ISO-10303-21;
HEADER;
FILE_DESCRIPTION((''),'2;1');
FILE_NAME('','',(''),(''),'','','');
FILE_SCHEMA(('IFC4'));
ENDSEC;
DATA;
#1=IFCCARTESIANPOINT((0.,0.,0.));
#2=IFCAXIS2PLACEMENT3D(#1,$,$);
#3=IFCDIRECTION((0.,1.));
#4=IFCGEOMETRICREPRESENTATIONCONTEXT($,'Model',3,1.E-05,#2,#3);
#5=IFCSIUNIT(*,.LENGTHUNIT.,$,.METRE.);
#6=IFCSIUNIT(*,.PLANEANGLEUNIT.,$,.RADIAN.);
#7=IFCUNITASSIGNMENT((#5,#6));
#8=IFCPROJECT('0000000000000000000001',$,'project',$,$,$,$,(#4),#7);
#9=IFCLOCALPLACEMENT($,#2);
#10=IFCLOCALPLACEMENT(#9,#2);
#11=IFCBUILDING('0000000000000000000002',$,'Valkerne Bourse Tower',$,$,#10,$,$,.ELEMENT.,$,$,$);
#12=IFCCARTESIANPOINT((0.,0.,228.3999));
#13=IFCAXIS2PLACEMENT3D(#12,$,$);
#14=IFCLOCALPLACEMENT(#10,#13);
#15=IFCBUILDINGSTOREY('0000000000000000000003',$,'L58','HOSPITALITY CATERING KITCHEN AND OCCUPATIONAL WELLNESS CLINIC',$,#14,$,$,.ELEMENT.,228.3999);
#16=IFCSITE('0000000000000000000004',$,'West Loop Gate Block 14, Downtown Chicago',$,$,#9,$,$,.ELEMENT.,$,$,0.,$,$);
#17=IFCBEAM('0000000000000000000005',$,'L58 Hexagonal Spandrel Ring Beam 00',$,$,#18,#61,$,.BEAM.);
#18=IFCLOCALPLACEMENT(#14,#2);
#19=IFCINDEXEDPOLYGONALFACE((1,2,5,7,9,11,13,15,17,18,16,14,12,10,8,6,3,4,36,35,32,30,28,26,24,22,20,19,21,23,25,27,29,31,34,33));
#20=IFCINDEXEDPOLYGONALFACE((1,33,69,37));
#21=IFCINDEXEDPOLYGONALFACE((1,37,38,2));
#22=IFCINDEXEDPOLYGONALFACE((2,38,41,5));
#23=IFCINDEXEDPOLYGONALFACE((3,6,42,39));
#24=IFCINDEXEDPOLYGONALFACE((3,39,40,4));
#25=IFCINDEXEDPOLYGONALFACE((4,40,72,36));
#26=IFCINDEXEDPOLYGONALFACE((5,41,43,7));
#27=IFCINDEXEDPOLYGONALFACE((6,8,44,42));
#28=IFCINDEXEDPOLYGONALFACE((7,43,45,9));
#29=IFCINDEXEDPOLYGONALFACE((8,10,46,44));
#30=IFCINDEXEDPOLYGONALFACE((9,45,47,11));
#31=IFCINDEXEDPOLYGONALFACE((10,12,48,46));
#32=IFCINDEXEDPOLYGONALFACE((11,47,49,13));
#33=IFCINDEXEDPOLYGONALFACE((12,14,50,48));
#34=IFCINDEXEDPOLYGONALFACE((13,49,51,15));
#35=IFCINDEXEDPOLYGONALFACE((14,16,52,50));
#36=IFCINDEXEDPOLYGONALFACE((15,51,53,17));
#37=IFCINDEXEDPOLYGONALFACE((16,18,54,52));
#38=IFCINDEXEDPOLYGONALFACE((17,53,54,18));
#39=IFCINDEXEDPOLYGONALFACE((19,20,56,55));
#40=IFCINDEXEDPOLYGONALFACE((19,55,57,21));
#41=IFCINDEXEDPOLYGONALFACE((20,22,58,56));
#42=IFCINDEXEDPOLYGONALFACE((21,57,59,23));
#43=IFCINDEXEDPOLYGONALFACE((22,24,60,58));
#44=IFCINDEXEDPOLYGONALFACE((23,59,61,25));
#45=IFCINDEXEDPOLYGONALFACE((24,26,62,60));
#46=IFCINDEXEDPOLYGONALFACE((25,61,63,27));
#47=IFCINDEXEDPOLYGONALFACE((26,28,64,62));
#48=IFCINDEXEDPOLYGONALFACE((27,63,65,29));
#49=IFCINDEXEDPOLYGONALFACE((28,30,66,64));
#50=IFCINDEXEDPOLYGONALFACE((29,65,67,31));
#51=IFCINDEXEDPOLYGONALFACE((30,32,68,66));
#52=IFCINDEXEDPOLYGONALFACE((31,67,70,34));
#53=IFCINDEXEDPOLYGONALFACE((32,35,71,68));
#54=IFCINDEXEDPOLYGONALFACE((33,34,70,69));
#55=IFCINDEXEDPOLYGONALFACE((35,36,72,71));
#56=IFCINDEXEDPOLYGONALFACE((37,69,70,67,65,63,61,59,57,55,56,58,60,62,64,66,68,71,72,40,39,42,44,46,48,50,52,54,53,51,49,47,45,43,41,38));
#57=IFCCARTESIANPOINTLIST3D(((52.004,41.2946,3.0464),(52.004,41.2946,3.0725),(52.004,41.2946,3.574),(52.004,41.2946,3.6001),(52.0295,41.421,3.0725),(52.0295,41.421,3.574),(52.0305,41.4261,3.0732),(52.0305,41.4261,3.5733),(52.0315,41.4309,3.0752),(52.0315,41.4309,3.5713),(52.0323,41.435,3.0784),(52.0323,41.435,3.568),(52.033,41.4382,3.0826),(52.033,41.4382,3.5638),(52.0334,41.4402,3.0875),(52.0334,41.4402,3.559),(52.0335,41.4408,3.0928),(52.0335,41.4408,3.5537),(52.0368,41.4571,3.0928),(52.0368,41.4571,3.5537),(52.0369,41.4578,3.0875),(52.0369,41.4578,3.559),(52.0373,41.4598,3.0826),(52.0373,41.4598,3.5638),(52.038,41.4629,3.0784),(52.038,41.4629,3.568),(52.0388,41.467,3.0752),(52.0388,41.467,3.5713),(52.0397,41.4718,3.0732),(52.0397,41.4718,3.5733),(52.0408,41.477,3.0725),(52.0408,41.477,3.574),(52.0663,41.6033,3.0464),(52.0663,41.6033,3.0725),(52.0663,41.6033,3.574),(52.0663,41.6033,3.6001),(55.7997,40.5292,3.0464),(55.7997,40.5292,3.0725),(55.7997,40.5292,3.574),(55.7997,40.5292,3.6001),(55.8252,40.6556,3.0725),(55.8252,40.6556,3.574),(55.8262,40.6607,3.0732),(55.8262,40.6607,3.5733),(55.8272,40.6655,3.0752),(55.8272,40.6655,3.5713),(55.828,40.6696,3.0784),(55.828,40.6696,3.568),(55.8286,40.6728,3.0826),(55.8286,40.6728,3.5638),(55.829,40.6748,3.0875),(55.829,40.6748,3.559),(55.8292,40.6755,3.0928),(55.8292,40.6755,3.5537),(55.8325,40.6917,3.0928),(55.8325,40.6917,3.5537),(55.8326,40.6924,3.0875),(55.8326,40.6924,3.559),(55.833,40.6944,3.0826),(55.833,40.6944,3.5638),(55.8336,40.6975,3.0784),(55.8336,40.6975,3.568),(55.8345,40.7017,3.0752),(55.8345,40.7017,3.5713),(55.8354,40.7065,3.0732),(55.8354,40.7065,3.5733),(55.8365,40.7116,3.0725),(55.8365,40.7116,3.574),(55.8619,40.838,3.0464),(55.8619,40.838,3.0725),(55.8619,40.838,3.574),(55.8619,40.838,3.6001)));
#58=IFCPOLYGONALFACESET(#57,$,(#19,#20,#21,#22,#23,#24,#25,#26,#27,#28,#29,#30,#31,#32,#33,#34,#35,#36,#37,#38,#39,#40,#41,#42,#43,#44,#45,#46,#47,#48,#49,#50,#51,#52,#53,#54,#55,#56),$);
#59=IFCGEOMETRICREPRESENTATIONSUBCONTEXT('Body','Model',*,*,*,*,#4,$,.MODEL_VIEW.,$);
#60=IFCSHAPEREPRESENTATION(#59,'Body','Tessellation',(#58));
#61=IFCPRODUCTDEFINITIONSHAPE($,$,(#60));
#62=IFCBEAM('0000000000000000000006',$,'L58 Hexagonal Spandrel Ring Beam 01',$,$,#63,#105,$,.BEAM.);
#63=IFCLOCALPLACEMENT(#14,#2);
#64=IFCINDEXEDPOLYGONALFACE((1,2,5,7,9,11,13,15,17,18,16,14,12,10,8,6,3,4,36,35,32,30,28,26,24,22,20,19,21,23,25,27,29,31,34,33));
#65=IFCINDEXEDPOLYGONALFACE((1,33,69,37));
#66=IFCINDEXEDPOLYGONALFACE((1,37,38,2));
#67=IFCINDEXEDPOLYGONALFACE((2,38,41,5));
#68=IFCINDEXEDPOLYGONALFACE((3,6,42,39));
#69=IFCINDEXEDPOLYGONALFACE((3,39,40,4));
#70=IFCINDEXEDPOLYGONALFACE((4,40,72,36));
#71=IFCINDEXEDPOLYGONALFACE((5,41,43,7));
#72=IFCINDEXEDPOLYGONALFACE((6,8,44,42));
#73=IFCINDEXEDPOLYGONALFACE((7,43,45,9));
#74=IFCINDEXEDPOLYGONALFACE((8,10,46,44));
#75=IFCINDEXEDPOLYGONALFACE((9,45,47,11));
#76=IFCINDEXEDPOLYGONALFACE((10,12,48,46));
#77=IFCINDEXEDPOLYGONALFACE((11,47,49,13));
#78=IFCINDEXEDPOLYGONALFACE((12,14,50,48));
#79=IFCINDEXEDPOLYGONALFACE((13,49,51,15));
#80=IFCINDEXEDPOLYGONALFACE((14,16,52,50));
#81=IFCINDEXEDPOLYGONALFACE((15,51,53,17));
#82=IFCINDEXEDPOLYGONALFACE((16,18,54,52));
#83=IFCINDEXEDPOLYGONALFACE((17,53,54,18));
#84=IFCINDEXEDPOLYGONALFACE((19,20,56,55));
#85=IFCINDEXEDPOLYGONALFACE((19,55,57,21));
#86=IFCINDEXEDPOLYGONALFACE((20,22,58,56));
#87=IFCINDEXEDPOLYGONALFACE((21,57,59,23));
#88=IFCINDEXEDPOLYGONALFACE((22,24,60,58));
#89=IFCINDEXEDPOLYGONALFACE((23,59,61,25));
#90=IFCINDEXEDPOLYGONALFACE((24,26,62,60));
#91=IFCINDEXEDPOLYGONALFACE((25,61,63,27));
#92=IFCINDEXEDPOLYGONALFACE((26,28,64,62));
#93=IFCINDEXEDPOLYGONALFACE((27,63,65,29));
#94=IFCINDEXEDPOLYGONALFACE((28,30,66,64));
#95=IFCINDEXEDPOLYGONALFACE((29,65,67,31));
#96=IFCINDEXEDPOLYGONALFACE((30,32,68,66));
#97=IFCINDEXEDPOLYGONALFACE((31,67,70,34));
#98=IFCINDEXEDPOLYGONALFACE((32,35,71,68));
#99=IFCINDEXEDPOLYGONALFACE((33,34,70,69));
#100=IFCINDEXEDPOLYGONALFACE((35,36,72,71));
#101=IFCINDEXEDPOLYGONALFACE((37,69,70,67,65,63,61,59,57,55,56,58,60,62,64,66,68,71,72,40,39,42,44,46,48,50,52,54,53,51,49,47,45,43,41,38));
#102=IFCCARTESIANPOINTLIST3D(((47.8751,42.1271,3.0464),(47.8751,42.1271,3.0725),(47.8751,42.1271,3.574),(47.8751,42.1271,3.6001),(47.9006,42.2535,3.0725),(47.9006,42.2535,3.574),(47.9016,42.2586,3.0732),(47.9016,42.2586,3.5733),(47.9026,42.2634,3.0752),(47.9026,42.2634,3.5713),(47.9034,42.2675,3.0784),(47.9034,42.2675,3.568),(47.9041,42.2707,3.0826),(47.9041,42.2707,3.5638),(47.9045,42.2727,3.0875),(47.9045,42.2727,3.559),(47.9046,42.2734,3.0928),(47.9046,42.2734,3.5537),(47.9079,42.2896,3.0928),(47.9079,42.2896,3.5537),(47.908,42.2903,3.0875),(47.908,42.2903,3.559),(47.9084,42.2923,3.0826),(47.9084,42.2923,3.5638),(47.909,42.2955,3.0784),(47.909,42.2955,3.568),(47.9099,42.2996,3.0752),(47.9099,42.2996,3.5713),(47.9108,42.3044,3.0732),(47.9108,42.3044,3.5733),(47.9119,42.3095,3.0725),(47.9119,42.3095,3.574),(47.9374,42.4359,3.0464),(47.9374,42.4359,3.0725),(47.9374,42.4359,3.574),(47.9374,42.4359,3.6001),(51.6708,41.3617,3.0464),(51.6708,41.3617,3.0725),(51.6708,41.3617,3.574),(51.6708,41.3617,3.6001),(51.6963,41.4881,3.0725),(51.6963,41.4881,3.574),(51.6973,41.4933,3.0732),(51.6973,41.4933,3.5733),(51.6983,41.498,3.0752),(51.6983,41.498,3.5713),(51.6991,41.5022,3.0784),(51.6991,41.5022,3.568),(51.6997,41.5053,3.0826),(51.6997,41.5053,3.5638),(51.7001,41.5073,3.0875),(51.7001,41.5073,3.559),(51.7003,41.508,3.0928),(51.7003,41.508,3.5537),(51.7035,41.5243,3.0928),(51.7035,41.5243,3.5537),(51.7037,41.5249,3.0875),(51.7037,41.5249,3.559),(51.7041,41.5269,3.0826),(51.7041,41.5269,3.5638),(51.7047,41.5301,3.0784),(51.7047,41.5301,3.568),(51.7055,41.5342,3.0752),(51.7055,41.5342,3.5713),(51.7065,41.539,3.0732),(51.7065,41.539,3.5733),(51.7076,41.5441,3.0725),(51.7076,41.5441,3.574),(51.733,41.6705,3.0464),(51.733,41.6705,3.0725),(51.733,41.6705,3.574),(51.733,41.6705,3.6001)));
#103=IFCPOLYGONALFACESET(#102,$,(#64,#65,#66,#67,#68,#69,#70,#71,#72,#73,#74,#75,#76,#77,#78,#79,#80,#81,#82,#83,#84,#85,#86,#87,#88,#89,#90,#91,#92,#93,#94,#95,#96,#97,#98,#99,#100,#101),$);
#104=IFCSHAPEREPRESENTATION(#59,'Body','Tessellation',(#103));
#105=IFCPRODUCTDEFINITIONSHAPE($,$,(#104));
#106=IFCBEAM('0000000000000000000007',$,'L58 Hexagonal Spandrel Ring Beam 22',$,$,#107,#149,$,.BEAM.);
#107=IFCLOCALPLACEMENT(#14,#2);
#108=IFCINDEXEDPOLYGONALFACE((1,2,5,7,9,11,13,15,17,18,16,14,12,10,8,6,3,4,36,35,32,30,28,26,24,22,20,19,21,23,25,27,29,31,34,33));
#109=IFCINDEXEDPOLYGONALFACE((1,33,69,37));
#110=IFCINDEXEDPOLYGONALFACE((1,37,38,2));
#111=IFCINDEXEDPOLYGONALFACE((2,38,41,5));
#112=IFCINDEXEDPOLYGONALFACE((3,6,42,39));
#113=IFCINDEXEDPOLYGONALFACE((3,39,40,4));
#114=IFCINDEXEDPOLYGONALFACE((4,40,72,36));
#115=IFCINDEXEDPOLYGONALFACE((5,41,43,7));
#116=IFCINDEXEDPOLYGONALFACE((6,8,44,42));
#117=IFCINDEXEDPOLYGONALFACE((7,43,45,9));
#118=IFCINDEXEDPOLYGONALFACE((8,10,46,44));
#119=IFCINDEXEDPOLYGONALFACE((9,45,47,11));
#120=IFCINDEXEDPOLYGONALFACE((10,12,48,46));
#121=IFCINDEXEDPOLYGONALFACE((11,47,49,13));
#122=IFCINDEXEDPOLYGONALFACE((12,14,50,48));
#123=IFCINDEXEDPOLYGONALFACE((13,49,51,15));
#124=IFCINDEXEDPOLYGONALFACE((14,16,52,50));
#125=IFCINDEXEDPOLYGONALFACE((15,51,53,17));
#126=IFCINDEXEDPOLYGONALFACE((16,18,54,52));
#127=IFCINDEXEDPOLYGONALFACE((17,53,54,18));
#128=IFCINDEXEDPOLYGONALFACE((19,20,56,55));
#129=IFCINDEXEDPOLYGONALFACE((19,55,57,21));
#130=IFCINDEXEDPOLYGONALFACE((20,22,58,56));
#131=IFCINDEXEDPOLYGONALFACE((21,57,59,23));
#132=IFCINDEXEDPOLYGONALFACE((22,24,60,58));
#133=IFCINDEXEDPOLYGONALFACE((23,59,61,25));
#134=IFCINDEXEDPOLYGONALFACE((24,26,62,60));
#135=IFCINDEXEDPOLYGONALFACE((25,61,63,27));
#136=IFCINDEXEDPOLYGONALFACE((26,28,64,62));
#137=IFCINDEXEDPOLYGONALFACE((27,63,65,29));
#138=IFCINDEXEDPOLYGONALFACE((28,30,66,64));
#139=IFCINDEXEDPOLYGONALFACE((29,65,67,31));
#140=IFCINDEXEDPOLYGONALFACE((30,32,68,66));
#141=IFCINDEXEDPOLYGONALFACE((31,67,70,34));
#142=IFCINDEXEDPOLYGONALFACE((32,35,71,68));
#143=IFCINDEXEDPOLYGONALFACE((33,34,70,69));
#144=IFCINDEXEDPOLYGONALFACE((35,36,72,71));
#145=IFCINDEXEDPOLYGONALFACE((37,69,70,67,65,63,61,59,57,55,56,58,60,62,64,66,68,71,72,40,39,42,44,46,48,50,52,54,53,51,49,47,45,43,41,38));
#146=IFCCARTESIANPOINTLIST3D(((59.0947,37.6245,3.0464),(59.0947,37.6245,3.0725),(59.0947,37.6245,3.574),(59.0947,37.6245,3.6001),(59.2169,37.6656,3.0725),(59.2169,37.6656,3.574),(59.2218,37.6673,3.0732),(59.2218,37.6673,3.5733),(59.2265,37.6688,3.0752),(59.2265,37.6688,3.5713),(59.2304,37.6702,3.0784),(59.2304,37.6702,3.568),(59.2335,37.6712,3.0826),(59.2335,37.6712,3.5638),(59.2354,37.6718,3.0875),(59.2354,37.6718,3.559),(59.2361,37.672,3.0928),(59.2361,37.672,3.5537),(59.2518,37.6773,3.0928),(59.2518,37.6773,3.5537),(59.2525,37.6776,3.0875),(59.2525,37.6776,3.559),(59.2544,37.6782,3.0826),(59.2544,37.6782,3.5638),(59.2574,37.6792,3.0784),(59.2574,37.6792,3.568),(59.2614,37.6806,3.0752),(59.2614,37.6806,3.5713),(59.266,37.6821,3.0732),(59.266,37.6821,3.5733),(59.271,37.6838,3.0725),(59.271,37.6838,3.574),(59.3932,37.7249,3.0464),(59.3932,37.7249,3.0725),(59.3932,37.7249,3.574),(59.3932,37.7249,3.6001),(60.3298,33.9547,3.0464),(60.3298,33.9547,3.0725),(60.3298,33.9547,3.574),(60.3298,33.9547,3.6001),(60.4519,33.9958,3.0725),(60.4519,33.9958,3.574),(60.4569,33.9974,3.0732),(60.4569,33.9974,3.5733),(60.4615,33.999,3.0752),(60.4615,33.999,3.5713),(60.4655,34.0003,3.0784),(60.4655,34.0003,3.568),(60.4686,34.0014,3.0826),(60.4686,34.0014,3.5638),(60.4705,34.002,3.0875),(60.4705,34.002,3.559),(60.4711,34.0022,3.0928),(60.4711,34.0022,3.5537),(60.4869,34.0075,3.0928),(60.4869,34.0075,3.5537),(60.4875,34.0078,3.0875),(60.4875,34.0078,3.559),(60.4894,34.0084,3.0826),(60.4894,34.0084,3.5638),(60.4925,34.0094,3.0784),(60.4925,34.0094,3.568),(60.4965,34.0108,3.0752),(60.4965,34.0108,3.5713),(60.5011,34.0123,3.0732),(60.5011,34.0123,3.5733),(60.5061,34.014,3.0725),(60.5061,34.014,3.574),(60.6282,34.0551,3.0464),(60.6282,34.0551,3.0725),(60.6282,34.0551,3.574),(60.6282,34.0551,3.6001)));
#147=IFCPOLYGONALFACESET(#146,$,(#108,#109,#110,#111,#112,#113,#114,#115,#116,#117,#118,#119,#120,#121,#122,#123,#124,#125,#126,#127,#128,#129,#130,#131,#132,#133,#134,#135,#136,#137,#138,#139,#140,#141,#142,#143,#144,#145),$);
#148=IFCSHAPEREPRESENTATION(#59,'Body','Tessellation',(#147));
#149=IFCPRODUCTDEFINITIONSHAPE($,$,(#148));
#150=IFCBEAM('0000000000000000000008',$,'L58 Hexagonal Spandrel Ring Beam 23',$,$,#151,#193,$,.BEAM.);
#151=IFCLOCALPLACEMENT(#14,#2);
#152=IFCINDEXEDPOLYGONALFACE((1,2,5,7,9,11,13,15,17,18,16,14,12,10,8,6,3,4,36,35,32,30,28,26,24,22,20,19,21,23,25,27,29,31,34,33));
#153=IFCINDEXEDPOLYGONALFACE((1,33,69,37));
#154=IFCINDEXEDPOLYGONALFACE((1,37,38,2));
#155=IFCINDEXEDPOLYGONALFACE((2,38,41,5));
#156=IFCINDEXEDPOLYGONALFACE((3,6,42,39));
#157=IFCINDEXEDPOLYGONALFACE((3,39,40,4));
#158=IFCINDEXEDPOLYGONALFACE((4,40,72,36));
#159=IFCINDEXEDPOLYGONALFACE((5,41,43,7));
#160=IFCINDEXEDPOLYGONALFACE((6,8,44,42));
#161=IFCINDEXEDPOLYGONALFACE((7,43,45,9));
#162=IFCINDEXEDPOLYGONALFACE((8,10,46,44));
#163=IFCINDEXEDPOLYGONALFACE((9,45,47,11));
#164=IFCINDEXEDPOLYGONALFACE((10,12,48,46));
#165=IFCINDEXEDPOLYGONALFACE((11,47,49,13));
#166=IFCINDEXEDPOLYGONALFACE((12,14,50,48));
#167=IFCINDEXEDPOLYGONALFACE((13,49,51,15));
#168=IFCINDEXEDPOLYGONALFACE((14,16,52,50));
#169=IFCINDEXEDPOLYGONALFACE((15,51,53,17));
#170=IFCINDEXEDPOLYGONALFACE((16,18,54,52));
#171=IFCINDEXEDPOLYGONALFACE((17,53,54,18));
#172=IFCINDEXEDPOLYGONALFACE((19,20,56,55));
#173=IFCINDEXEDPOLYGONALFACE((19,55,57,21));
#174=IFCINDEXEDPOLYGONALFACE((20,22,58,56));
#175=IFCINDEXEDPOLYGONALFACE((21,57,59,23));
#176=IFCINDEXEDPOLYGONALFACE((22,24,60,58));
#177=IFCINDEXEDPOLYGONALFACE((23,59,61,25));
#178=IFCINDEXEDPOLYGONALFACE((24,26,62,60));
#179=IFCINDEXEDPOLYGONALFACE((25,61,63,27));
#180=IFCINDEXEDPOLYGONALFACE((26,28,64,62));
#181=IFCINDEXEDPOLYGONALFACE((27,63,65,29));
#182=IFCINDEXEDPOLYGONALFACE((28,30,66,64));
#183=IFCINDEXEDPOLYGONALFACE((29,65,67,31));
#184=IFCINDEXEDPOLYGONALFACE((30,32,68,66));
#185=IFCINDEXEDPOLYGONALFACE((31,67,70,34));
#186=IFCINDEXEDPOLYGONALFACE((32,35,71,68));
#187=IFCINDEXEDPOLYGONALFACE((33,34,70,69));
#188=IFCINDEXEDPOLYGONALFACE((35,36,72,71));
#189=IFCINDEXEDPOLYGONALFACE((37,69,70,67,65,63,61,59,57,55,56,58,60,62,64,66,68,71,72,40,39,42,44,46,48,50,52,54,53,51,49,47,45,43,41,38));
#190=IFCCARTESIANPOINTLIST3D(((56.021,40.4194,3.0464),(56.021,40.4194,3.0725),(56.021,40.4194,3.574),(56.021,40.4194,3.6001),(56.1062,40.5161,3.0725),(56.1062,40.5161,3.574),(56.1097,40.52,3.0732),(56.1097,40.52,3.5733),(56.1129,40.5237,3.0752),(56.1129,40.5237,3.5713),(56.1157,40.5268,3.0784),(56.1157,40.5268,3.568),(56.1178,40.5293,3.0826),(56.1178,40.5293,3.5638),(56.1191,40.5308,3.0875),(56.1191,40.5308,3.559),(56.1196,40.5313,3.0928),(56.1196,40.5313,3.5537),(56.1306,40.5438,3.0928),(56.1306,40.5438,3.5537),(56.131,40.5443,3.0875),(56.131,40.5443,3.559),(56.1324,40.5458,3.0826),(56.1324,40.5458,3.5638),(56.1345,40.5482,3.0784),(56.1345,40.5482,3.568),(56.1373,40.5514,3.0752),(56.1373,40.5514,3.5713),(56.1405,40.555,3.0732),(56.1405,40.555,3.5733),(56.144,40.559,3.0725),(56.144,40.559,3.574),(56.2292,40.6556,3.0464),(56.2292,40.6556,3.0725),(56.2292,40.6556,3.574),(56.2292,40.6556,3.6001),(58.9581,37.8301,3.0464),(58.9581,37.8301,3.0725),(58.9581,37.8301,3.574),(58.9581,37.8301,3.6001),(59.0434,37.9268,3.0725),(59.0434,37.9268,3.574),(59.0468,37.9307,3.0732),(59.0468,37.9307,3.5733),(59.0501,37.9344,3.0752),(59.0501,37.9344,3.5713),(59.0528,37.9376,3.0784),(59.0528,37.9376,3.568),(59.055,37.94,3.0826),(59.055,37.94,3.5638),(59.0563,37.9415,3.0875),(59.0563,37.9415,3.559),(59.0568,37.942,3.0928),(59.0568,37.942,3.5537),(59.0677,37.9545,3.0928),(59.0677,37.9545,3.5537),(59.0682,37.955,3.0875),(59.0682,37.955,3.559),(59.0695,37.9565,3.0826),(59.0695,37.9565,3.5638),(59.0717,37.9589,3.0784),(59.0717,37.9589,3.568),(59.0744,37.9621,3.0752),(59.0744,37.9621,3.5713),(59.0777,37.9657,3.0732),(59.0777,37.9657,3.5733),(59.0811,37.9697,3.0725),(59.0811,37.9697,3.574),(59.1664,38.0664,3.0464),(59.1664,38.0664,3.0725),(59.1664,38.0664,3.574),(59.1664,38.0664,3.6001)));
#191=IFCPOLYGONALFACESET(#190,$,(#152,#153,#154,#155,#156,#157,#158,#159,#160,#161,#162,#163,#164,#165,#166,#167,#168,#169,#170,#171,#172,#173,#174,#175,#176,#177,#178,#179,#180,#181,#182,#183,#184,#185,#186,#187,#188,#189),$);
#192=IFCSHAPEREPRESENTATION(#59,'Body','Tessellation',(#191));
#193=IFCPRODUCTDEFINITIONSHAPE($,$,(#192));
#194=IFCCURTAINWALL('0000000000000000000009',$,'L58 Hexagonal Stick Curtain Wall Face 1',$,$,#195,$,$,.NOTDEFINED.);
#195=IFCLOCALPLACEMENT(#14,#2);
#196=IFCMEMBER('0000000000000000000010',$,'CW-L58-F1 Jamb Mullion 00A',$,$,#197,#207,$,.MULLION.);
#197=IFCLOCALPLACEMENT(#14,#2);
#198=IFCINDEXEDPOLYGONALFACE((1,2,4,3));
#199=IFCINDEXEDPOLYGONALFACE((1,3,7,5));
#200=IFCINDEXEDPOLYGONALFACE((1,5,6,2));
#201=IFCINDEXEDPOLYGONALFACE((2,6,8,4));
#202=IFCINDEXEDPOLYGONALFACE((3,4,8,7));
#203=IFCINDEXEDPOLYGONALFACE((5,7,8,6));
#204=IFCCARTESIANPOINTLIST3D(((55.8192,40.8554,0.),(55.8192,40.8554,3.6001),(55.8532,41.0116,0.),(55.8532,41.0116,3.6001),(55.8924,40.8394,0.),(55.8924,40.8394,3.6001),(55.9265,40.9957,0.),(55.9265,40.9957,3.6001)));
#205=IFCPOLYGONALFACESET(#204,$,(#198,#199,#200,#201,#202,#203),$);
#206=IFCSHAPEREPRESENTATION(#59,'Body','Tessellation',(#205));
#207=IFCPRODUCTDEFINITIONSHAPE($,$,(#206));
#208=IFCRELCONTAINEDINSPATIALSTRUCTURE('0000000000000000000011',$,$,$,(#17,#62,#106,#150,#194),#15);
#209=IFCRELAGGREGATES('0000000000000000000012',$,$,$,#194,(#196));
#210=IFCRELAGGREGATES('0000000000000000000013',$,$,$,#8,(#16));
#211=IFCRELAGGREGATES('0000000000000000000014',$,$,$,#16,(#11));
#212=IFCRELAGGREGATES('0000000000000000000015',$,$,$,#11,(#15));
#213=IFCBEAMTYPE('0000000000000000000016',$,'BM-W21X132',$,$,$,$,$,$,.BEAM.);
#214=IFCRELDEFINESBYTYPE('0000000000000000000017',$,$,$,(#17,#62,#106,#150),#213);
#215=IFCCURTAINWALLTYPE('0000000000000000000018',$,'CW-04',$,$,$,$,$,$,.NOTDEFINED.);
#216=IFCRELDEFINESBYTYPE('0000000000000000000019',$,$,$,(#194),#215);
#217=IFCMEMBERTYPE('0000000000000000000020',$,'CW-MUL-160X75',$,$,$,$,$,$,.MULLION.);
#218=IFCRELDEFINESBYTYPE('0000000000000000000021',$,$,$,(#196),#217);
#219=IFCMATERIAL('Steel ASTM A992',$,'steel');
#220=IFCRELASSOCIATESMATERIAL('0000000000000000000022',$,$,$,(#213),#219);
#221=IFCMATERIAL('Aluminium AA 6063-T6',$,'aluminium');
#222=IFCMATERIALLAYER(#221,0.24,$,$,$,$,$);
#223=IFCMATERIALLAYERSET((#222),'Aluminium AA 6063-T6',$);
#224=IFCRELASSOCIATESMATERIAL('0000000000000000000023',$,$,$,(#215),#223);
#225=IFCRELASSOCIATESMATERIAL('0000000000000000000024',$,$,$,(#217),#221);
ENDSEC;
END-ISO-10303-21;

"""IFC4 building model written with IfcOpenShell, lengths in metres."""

from ifc_helpers import new_model, si_unit, direction, frame, origin, origin_2d, place, context, subcontext, project, spatial, rectangle, i_section, extrude, material, layer, layer_set, material_profile, profile_set, type_object, element, aggregate, save


model = new_model("IFC4")

# Units and contexts
model_context = context("Model", 3, precision=1e-05, world=origin(), true_north=direction((0.0, 1.0)))
body_context = subcontext(model_context, "Body", "Model", "MODEL_VIEW")
ifc_project = project(units=[si_unit("LENGTHUNIT", "METRE"), si_unit("PLANEANGLEUNIT", "RADIAN")], contexts=[model_context])

# Site, building, storey
site_placement = place(None, origin())
site = spatial("IfcSite", under=ifc_project, at=site_placement, Name="West Loop Gate Block 14, Downtown Chicago", CompositionType="ELEMENT", RefElevation=0.0)
building_placement = place(site_placement, origin())
building = spatial("IfcBuilding", under=site, at=building_placement, Name="Valkerne Bourse Tower", CompositionType="ELEMENT")
storey_placement = place(building_placement, frame((0.0, 0.0, 228.3999)))
storey = spatial("IfcBuildingStorey", under=building, at=storey_placement, Name="L58", Description="HOSPITALITY CATERING KITCHEN AND OCCUPATIONAL WELLNESS CLINIC", CompositionType="ELEMENT", Elevation=228.3999)

# Beams
ifc_material_1 = material(Name="Steel ASTM A992", Category="steel")
ifc_material_profile_1 = material_profile(ifc_material_1, i_section(OverallWidth=0.3149, OverallDepth=0.5537, WebThickness=0.0166, FlangeThickness=0.0261, FilletRadius=0.0203, at=origin_2d()), Name="W21X132")
ifc_profile_set_1 = profile_set([ifc_material_profile_1], Name="Steel ASTM A992")
beam_type = type_object("IfcBeamType", Name="BM-W21X132", PredefinedType="BEAM", material=ifc_profile_set_1)
for number, where, z_axis, x_axis, name in (
    (1, (55.8308, 40.6836, 3.3232), (-0.980269, 0.197668, 0.0), (-0.197668, -0.980269, 0.0), "L58 Hexagonal Spandrel Ring Beam 00"),
    (2, (51.7019, 41.5161, 3.3232), (-0.980269, 0.197668, 0.0), (-0.197668, -0.980269, 0.0), "L58 Hexagonal Spandrel Ring Beam 01"),
    (3, (60.479, 34.0049, 3.3232), (-0.318969, 0.947765, 0.0), (-0.947765, -0.318969, 0.0), "L58 Hexagonal Spandrel Ring Beam 22"),
):
    element("IfcBeam", number, at=place(storey_placement, frame(where, z_axis=z_axis, x_axis=x_axis)), inside=storey, type_object=beam_type, Name=name, PredefinedType="BEAM", context=body_context, shape_type="SweptSolid", body=[
        extrude(i_section(OverallWidth=0.3149, OverallDepth=0.5537, WebThickness=0.0166, FlangeThickness=0.0261, FilletRadius=0.0203, at=origin_2d()), origin(), (0.0, 0.0, 1.0), 3.8721),
    ])
beam_placement = place(storey_placement, frame((59.0623, 37.9482, 3.3232), z_axis=(-0.750134, 0.661285, 0.0), x_axis=(-0.661285, -0.750134, 0.0)))
element("IfcBeam", 4, at=beam_placement, inside=storey, type_object=beam_type, Name="L58 Hexagonal Spandrel Ring Beam 23", PredefinedType="BEAM", context=body_context, shape_type="SweptSolid", body=[
    extrude(i_section(OverallWidth=0.3149, OverallDepth=0.5537, WebThickness=0.0166, FlangeThickness=0.0261, FilletRadius=0.0203, at=origin_2d()), origin(), (0.0, 0.0, 1.0), 3.9155),
])

# Curtain wall, member
ifc_material_2 = material(Name="Aluminium AA 6063-T6", Category="aluminium")
ifc_layer_1 = layer(ifc_material_2, 0.24)
ifc_layer_set_1 = layer_set([ifc_layer_1], Name="Aluminium AA 6063-T6")
curtain_wall_type = type_object("IfcCurtainWallType", Name="CW-04", PredefinedType="NOTDEFINED", material=ifc_layer_set_1)
curtain_wall_1_placement = place(storey_placement, origin())
curtain_wall_1 = element("IfcCurtainWall", 5, at=curtain_wall_1_placement, inside=storey, type_object=curtain_wall_type, Name="L58 Hexagonal Stick Curtain Wall Face 1", PredefinedType="NOTDEFINED")
ifc_material_profile_2 = material_profile(ifc_material_2, rectangle(XDim=0.075, YDim=0.1599, at=origin_2d()), Name="CWM-75X160")
ifc_profile_set_2 = profile_set([ifc_material_profile_2], Name="Aluminium AA 6063-T6")
member_type_1 = type_object("IfcMemberType", Name="CW-MUL-160X75", PredefinedType="MULLION", material=ifc_profile_set_2)
member_1_placement = place(storey_placement, frame((55.8728, 40.9255, 0.0), z_axis=(0.0, 0.0, 1.0), x_axis=(-0.977045, 0.213035, 0.0)))
member_1 = element("IfcMember", 6, at=member_1_placement, type_object=member_type_1, Name="CW-L58-F1 Jamb Mullion 00A", PredefinedType="MULLION", context=body_context, shape_type="SweptSolid", body=[
    extrude(rectangle(XDim=0.075, YDim=0.1599, at=origin_2d()), origin(), (0.0, 0.0, 1.0), 3.6001),
])

aggregate(curtain_wall_1, [member_1])

save(model, "model.ifc")
